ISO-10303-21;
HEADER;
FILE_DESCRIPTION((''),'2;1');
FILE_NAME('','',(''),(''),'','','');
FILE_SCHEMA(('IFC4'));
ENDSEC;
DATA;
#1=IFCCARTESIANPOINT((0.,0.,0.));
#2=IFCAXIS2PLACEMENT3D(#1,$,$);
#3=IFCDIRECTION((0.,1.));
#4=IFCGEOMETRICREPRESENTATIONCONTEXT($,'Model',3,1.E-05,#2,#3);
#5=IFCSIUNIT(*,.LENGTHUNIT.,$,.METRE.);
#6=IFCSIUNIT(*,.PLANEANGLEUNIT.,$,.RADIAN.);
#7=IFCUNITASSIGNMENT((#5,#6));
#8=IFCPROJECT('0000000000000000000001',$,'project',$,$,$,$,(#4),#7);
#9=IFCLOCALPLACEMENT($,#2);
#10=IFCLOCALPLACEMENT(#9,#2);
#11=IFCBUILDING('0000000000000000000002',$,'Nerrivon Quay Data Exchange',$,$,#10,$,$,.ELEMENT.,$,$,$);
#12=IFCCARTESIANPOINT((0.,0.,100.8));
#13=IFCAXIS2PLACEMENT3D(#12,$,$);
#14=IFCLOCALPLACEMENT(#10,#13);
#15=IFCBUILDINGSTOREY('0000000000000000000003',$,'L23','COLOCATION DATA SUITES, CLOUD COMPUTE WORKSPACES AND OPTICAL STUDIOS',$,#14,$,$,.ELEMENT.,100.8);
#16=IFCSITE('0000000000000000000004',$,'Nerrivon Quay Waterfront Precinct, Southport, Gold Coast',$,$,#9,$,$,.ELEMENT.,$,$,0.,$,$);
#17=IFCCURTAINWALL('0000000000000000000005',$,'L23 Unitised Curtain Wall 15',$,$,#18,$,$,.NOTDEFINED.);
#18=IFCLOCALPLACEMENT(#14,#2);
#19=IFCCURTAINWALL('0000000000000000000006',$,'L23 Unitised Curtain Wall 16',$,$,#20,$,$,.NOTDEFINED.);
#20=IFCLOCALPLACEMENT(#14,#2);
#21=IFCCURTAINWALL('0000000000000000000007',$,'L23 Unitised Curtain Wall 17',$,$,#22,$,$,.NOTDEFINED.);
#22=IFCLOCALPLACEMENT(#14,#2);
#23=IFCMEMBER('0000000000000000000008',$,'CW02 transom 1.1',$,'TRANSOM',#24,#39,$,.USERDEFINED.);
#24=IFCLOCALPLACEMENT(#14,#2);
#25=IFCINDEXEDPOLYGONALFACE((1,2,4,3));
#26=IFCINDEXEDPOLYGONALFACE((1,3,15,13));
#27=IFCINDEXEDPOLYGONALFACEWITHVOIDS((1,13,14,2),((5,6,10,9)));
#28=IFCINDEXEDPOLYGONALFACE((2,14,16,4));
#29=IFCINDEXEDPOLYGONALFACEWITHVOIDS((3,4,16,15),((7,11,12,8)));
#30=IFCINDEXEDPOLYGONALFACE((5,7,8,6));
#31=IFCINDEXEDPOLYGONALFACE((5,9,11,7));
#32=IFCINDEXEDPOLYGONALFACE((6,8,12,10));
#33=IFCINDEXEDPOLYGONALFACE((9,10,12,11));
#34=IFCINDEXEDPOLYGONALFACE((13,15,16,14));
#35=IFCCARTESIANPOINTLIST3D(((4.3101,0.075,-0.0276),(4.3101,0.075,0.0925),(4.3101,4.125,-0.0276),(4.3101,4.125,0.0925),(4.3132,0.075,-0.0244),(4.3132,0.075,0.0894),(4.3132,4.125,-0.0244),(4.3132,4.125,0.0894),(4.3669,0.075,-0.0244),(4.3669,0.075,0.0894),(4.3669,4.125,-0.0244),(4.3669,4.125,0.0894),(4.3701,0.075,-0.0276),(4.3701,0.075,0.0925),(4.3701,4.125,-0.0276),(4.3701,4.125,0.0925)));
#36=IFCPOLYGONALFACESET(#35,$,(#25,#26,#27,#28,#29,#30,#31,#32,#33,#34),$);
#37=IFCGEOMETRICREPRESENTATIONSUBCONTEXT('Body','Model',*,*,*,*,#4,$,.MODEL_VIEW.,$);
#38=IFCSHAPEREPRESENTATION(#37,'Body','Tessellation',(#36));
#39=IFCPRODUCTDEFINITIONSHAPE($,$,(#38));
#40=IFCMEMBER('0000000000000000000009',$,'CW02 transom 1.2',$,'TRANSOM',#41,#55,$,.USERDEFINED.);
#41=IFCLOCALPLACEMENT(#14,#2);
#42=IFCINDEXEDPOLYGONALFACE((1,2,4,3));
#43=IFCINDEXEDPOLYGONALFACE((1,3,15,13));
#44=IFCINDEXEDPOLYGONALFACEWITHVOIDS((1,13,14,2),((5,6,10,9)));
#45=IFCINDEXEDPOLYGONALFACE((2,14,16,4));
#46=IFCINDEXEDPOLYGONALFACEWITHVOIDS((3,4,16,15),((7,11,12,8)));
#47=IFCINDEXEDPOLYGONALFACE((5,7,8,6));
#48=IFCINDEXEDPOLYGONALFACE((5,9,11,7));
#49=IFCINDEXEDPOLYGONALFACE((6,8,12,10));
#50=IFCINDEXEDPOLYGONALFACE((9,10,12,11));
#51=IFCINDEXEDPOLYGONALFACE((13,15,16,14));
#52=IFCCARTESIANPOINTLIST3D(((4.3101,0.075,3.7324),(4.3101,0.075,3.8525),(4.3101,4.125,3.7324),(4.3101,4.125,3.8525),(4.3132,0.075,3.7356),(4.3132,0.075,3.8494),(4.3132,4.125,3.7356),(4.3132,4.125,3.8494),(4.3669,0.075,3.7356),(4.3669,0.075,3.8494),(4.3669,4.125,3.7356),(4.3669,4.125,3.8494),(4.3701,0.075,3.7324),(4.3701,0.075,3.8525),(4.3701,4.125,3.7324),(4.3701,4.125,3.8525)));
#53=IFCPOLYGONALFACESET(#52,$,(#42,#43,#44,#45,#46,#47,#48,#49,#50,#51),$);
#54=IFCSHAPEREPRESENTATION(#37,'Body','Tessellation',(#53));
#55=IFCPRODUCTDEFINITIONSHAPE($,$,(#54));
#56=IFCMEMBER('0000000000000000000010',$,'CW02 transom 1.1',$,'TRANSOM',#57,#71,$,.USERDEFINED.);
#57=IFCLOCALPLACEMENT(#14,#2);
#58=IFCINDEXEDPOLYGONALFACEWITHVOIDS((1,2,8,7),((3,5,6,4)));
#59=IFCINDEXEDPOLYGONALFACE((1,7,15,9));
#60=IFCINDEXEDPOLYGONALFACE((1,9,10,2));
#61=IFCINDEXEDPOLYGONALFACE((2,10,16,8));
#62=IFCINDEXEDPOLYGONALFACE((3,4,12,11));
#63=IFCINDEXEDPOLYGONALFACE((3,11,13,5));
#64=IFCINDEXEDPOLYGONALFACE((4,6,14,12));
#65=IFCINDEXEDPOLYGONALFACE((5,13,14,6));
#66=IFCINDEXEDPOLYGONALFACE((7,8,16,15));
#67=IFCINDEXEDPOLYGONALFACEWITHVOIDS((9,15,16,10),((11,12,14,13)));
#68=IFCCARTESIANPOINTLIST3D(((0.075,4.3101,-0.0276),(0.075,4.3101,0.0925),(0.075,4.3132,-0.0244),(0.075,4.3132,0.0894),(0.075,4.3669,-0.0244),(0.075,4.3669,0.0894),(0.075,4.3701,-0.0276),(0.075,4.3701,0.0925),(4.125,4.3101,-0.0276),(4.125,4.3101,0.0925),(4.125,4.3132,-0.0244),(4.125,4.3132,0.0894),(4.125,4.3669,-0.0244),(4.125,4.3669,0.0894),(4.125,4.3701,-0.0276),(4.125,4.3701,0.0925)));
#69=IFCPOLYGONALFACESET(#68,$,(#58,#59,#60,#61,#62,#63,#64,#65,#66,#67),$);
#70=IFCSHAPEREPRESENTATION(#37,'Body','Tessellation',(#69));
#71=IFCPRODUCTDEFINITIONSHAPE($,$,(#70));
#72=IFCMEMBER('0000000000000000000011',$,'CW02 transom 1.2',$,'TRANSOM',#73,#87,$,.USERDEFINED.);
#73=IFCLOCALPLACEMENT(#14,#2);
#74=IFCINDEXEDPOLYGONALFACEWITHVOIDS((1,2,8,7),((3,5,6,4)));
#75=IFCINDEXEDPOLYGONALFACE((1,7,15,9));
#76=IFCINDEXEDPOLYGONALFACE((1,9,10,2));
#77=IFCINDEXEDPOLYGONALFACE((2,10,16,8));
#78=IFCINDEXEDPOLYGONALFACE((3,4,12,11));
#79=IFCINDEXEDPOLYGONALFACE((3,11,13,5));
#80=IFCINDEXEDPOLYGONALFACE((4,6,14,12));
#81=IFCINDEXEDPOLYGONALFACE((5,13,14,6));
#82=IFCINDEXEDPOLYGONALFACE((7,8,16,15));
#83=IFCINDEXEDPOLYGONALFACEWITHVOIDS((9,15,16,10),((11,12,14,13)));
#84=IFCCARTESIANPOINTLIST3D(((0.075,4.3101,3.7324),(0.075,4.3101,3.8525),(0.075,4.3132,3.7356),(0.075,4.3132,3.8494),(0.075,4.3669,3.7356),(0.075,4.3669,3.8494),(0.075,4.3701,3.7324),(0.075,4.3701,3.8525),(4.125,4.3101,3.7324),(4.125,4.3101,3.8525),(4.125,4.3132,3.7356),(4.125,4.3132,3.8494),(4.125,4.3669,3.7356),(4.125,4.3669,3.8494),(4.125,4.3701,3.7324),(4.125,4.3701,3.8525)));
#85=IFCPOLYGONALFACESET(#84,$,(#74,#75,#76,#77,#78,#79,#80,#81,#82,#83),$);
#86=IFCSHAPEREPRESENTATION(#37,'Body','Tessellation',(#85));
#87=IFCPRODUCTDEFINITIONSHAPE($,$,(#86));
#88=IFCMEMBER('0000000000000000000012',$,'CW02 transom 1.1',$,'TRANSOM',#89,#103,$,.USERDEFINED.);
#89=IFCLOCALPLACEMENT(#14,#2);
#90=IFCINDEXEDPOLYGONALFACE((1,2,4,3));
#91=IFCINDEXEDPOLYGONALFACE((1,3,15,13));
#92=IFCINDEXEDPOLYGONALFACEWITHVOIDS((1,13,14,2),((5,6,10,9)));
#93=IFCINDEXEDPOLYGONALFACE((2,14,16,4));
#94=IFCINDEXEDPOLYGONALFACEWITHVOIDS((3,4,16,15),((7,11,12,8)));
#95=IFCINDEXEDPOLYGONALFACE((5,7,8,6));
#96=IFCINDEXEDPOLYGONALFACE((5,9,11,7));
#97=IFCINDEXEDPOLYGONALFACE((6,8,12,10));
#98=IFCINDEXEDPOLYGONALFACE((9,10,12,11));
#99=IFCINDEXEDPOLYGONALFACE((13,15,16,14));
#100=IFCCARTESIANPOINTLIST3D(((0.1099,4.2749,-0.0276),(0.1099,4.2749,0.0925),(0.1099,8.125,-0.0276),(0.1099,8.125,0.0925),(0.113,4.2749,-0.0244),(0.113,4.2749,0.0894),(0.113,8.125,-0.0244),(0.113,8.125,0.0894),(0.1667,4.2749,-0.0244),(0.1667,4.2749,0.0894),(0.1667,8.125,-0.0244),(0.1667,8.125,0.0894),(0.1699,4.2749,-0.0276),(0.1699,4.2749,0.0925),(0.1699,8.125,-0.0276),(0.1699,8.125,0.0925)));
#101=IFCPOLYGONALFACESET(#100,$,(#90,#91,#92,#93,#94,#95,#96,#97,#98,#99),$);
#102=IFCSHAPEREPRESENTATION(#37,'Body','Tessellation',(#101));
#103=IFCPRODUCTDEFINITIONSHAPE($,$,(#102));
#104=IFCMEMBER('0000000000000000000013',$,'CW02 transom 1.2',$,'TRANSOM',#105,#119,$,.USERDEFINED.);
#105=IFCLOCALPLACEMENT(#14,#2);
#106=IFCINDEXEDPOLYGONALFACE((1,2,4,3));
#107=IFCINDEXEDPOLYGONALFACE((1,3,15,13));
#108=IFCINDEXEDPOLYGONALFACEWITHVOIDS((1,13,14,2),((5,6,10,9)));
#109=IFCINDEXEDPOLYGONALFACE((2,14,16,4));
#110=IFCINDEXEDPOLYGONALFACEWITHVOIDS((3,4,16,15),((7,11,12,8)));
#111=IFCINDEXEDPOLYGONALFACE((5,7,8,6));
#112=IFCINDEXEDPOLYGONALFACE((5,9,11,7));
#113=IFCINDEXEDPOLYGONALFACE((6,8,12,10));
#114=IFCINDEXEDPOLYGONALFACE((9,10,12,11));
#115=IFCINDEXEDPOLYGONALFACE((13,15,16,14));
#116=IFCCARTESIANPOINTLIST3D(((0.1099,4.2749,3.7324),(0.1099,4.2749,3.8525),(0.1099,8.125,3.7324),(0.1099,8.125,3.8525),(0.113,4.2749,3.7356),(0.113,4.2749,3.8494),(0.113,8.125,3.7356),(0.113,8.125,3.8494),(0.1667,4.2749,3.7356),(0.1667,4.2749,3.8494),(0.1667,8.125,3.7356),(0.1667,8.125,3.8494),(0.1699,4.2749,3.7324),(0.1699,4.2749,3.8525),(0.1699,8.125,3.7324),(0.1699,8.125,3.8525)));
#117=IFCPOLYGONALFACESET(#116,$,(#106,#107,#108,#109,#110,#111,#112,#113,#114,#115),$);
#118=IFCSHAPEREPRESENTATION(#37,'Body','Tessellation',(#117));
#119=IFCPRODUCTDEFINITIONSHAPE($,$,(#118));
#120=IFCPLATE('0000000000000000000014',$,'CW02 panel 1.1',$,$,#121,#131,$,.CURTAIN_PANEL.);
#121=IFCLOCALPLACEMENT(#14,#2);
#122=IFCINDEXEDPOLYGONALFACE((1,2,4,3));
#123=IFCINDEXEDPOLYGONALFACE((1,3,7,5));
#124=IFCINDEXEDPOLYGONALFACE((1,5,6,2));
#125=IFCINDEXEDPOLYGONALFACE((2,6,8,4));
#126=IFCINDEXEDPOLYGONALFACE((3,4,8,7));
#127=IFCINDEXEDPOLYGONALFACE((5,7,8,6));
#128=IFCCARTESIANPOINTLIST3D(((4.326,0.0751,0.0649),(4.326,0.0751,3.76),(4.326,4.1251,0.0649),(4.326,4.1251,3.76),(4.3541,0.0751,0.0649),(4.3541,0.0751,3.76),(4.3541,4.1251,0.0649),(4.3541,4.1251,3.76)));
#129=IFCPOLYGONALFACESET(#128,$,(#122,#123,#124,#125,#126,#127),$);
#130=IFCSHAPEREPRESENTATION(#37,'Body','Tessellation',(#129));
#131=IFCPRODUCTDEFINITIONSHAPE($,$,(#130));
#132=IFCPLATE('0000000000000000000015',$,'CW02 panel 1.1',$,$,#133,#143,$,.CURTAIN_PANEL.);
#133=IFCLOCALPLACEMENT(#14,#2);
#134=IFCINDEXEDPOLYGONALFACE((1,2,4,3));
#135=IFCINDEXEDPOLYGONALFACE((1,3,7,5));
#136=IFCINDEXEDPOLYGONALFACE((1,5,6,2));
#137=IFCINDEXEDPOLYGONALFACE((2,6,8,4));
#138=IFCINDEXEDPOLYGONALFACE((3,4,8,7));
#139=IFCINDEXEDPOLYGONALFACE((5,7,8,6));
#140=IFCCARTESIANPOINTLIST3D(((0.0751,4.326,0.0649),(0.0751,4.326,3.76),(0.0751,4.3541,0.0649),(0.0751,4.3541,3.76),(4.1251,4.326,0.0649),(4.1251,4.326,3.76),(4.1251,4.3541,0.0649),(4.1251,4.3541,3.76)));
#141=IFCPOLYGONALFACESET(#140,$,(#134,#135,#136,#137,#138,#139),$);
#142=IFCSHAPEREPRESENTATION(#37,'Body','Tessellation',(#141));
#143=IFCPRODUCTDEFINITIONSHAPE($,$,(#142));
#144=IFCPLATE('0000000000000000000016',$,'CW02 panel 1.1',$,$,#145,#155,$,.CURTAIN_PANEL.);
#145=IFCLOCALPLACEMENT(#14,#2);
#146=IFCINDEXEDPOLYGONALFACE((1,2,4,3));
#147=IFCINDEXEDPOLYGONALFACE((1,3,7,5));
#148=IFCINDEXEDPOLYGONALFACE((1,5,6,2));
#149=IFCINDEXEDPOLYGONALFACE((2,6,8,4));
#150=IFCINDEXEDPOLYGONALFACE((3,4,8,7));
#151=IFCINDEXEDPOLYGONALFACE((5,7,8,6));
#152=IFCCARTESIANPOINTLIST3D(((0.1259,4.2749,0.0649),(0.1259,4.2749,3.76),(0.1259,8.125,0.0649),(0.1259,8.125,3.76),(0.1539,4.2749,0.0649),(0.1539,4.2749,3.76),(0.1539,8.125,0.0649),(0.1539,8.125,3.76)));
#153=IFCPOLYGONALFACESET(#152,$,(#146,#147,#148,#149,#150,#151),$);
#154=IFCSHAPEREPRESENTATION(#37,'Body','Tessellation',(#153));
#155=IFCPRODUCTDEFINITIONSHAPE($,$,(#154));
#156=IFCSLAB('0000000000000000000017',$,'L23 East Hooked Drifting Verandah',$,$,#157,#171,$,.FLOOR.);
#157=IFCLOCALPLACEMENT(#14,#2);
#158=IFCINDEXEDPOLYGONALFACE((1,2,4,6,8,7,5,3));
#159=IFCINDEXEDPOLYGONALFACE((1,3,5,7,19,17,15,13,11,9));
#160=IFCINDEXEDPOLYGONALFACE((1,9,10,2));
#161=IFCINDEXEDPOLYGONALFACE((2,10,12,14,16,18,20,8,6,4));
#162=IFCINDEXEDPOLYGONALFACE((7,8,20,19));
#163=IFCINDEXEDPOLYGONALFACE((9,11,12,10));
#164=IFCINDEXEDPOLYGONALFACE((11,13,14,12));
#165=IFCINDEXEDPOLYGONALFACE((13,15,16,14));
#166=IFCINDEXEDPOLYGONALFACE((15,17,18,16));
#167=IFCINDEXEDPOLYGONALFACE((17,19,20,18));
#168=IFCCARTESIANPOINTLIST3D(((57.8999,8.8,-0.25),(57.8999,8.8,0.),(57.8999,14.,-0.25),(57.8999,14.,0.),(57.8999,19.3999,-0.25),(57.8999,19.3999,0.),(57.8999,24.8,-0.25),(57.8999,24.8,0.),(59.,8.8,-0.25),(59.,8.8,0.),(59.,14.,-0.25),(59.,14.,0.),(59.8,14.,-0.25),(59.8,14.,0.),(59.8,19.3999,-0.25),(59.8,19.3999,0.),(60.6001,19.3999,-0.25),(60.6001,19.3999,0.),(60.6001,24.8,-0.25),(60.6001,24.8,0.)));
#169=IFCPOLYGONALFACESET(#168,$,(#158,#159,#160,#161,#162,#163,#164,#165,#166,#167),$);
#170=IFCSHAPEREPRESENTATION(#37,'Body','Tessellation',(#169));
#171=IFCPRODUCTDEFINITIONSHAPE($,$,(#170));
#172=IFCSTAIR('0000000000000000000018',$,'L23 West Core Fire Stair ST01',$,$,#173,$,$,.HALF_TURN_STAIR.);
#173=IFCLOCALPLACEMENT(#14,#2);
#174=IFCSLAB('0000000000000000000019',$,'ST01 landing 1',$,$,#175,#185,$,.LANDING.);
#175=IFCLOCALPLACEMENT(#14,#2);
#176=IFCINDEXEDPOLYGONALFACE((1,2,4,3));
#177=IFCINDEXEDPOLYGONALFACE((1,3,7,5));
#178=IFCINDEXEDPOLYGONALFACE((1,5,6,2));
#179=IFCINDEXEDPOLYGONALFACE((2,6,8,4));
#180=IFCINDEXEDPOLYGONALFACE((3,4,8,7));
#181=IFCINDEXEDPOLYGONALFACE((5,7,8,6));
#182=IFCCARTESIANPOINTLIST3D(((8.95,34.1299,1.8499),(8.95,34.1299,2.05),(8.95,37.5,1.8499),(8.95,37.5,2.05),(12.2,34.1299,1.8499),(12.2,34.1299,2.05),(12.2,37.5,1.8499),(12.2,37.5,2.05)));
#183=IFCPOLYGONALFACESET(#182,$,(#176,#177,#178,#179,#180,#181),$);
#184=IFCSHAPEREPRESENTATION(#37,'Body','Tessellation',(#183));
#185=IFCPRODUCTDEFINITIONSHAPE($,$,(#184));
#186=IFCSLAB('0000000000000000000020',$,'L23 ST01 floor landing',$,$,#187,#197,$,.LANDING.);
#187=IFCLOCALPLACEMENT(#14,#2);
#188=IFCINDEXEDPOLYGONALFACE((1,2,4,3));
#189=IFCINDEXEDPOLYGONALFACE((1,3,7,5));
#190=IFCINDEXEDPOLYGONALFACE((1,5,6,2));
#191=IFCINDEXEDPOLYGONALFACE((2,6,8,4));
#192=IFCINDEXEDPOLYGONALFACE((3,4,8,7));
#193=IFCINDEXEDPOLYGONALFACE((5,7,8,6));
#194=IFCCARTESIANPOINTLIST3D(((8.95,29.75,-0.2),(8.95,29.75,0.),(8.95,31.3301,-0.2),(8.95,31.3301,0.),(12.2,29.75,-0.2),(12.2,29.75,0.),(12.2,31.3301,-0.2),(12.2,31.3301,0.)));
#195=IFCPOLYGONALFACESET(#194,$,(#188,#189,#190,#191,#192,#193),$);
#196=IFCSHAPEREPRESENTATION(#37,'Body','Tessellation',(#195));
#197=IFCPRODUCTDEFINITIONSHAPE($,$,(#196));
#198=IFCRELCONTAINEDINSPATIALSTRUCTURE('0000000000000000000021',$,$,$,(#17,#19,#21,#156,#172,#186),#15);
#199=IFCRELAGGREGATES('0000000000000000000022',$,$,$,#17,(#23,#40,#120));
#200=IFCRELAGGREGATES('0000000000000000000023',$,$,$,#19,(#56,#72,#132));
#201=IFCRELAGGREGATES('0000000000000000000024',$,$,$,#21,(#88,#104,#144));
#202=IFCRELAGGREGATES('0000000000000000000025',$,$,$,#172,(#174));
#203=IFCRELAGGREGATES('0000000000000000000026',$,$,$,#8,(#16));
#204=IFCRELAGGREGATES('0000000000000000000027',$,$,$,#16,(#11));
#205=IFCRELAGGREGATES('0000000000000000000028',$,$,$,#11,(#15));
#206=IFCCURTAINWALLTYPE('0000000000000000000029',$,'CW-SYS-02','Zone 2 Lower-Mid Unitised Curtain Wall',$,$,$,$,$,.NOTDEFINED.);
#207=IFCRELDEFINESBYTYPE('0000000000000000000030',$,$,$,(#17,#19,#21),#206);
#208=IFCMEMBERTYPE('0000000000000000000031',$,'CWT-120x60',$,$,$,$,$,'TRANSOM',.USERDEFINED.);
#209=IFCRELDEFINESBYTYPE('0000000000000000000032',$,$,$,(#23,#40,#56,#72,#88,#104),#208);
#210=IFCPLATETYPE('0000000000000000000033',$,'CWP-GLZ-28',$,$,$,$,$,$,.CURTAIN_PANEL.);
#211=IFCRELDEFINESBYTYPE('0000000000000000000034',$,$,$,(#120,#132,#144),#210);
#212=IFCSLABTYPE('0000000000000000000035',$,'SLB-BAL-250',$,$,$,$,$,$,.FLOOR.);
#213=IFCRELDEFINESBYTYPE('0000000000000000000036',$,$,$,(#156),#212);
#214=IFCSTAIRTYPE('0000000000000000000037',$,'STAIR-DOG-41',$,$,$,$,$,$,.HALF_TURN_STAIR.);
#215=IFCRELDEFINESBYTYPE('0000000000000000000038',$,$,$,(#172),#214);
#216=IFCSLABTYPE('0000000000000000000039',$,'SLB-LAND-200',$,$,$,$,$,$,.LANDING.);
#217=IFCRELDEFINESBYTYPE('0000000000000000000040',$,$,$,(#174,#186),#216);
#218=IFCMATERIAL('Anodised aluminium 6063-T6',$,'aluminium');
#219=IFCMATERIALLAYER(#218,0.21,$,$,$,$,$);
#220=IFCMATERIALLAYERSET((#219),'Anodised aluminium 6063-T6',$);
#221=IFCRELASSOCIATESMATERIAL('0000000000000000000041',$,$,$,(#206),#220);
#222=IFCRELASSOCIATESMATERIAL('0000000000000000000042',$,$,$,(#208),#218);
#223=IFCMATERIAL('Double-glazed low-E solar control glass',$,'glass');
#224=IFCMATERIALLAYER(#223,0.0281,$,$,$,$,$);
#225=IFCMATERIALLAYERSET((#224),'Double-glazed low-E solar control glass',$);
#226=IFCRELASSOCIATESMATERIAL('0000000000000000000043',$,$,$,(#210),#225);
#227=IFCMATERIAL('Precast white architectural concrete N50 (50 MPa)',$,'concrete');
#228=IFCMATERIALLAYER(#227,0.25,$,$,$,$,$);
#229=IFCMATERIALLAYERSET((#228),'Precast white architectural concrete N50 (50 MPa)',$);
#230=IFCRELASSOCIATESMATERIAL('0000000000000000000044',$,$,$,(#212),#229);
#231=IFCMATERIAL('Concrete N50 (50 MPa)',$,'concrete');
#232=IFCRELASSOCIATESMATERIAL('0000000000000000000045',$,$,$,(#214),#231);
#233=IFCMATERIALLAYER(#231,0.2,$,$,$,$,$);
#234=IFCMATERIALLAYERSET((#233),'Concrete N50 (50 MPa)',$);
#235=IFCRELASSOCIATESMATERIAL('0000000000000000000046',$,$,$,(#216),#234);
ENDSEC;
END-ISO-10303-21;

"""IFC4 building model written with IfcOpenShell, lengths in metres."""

from ifc_helpers import new_model, si_unit, direction, frame, origin, origin_2d, place, context, subcontext, project, spatial, polyline, rectangle, hollow_rectangle, outline, extrude, material, layer, layer_set, material_profile, profile_set, type_object, element, aggregate, save


model = new_model("IFC4")

# Units and contexts
model_context = context("Model", 3, precision=1e-05, world=origin(), true_north=direction((0.0, 1.0)))
body_context = subcontext(model_context, "Body", "Model", "MODEL_VIEW")
ifc_project = project(units=[si_unit("LENGTHUNIT", "METRE"), si_unit("PLANEANGLEUNIT", "RADIAN")], contexts=[model_context])

# Site, building, storey
site_placement = place(None, origin())
site = spatial("IfcSite", under=ifc_project, at=site_placement, Name="Nerrivon Quay Waterfront Precinct, Southport, Gold Coast", CompositionType="ELEMENT", RefElevation=0.0)
building_placement = place(site_placement, origin())
building = spatial("IfcBuilding", under=site, at=building_placement, Name="Nerrivon Quay Data Exchange", CompositionType="ELEMENT")
storey_placement = place(building_placement, frame((0.0, 0.0, 100.8)))
storey = spatial("IfcBuildingStorey", under=building, at=storey_placement, Name="L23", Description="COLOCATION DATA SUITES, CLOUD COMPUTE WORKSPACES AND OPTICAL STUDIOS", CompositionType="ELEMENT", Elevation=100.8)

# Shared definitions
ifc_material_1 = material(Name="Anodised aluminium 6063-T6", Category="aluminium")
ifc_layer_1 = layer(ifc_material_1, 0.21)
ifc_layer_set_1 = layer_set([ifc_layer_1], Name="Anodised aluminium 6063-T6")
curtain_wall_type = type_object("IfcCurtainWallType", Name="CW-SYS-02", Description="Zone 2 Lower-Mid Unitised Curtain Wall", PredefinedType="NOTDEFINED", material=ifc_layer_set_1)

# Curtain walls
curtain_wall_1_placement = place(storey_placement, origin())
curtain_wall_1 = element("IfcCurtainWall", 1, at=curtain_wall_1_placement, inside=storey, type_object=curtain_wall_type, Name="L23 Unitised Curtain Wall 15", PredefinedType="NOTDEFINED")
curtain_wall_2_placement = place(storey_placement, origin())
curtain_wall_2 = element("IfcCurtainWall", 2, at=curtain_wall_2_placement, inside=storey, type_object=curtain_wall_type, Name="L23 Unitised Curtain Wall 16", PredefinedType="NOTDEFINED")
curtain_wall_3_placement = place(storey_placement, origin())
curtain_wall_3 = element("IfcCurtainWall", 3, at=curtain_wall_3_placement, inside=storey, type_object=curtain_wall_type, Name="L23 Unitised Curtain Wall 17", PredefinedType="NOTDEFINED")

# Members
ifc_material_profile_1 = material_profile(ifc_material_1, hollow_rectangle(XDim=0.0601, YDim=0.1201, WallThickness=0.0032, at=origin_2d()), Name="ALU-TRAN-120x60")
ifc_profile_set_1 = profile_set([ifc_material_profile_1], Name="Anodised aluminium 6063-T6")
member_type_1 = type_object("IfcMemberType", Name="CWT-120x60", ElementType="TRANSOM", PredefinedType="USERDEFINED", material=ifc_profile_set_1)
member_1_placement = place(storey_placement, frame((4.3401, 0.075, 0.0325), z_axis=(0.0, 1.0, 0.0), x_axis=(-1.0, 0.0, 0.0)))
member_1 = element("IfcMember", 4, at=member_1_placement, type_object=member_type_1, Name="CW02 transom 1.1", ObjectType="TRANSOM", PredefinedType="USERDEFINED", context=body_context, shape_type="SweptSolid", body=[
    extrude(hollow_rectangle(XDim=0.0601, YDim=0.1201, WallThickness=0.0032, at=origin_2d()), origin(), (0.0, 0.0, 1.0), 4.05),
])
member_2_placement = place(storey_placement, frame((4.3401, 0.075, 3.7925), z_axis=(0.0, 1.0, 0.0), x_axis=(-1.0, 0.0, 0.0)))
member_2 = element("IfcMember", 5, at=member_2_placement, type_object=member_type_1, Name="CW02 transom 1.2", ObjectType="TRANSOM", PredefinedType="USERDEFINED", context=body_context, shape_type="SweptSolid", body=[
    extrude(hollow_rectangle(XDim=0.0601, YDim=0.1201, WallThickness=0.0032, at=origin_2d()), origin(), (0.0, 0.0, 1.0), 4.05),
])
member_3_placement = place(storey_placement, frame((4.125, 4.3401, 0.0325), z_axis=(-1.0, 0.0, 0.0), x_axis=(0.0, -1.0, 0.0)))
member_3 = element("IfcMember", 6, at=member_3_placement, type_object=member_type_1, Name="CW02 transom 1.1", ObjectType="TRANSOM", PredefinedType="USERDEFINED", context=body_context, shape_type="SweptSolid", body=[
    extrude(hollow_rectangle(XDim=0.0601, YDim=0.1201, WallThickness=0.0032, at=origin_2d()), origin(), (0.0, 0.0, 1.0), 4.05),
])
member_4_placement = place(storey_placement, frame((4.125, 4.3401, 3.7925), z_axis=(-1.0, 0.0, 0.0), x_axis=(0.0, -1.0, 0.0)))
member_4 = element("IfcMember", 7, at=member_4_placement, type_object=member_type_1, Name="CW02 transom 1.2", ObjectType="TRANSOM", PredefinedType="USERDEFINED", context=body_context, shape_type="SweptSolid", body=[
    extrude(hollow_rectangle(XDim=0.0601, YDim=0.1201, WallThickness=0.0032, at=origin_2d()), origin(), (0.0, 0.0, 1.0), 4.05),
])
member_5_placement = place(storey_placement, frame((0.1399, 4.2749, 0.0325), z_axis=(0.0, 1.0, 0.0), x_axis=(-1.0, 0.0, 0.0)))
member_5 = element("IfcMember", 8, at=member_5_placement, type_object=member_type_1, Name="CW02 transom 1.1", ObjectType="TRANSOM", PredefinedType="USERDEFINED", context=body_context, shape_type="SweptSolid", body=[
    extrude(hollow_rectangle(XDim=0.0601, YDim=0.1201, WallThickness=0.0032, at=origin_2d()), origin(), (0.0, 0.0, 1.0), 3.8501),
])
member_6_placement = place(storey_placement, frame((0.1399, 4.2749, 3.7925), z_axis=(0.0, 1.0, 0.0), x_axis=(-1.0, 0.0, 0.0)))
member_6 = element("IfcMember", 9, at=member_6_placement, type_object=member_type_1, Name="CW02 transom 1.2", ObjectType="TRANSOM", PredefinedType="USERDEFINED", context=body_context, shape_type="SweptSolid", body=[
    extrude(hollow_rectangle(XDim=0.0601, YDim=0.1201, WallThickness=0.0032, at=origin_2d()), origin(), (0.0, 0.0, 1.0), 3.8501),
])

# Plates
ifc_material_2 = material(Name="Double-glazed low-E solar control glass", Category="glass")
ifc_layer_2 = layer(ifc_material_2, 0.0281)
ifc_layer_set_2 = layer_set([ifc_layer_2], Name="Double-glazed low-E solar control glass")
plate_type = type_object("IfcPlateType", Name="CWP-GLZ-28", PredefinedType="CURTAIN_PANEL", material=ifc_layer_set_2)
plate_1_placement = place(storey_placement, frame((4.3401, 2.1001, 0.0649), z_axis=(0.0, 0.0, 1.0), x_axis=(0.0, 1.0, 0.0)))
plate_1 = element("IfcPlate", 10, at=plate_1_placement, type_object=plate_type, Name="CW02 panel 1.1", PredefinedType="CURTAIN_PANEL", context=body_context, shape_type="SweptSolid", body=[
    extrude(rectangle(XDim=4.05, YDim=0.0281, at=origin_2d()), origin(), (0.0, 0.0, 1.0), 3.6951),
])
aggregate(curtain_wall_1, [member_1, member_2, plate_1])
plate_2_placement = place(storey_placement, frame((2.1001, 4.3401, 0.0649), z_axis=(0.0, 0.0, 1.0), x_axis=(-1.0, 0.0, 0.0)))
plate_2 = element("IfcPlate", 11, at=plate_2_placement, type_object=plate_type, Name="CW02 panel 1.1", PredefinedType="CURTAIN_PANEL", context=body_context, shape_type="SweptSolid", body=[
    extrude(rectangle(XDim=4.05, YDim=0.0281, at=origin_2d()), origin(), (0.0, 0.0, 1.0), 3.6951),
])
aggregate(curtain_wall_2, [member_3, member_4, plate_2])
plate_3_placement = place(storey_placement, frame((0.1399, 6.2, 0.0649), z_axis=(0.0, 0.0, 1.0), x_axis=(0.0, 1.0, 0.0)))
plate_3 = element("IfcPlate", 12, at=plate_3_placement, type_object=plate_type, Name="CW02 panel 1.1", PredefinedType="CURTAIN_PANEL", context=body_context, shape_type="SweptSolid", body=[
    extrude(rectangle(XDim=3.8501, YDim=0.0281, at=origin_2d()), origin(), (0.0, 0.0, 1.0), 3.6951),
])
aggregate(curtain_wall_3, [member_5, member_6, plate_3])

# Slab
ifc_material_3 = material(Name="Precast white architectural concrete N50 (50 MPa)", Category="concrete")
ifc_layer_3 = layer(ifc_material_3, 0.25)
ifc_layer_set_3 = layer_set([ifc_layer_3], Name="Precast white architectural concrete N50 (50 MPa)")
slab_type_1 = type_object("IfcSlabType", Name="SLB-BAL-250", PredefinedType="FLOOR", material=ifc_layer_set_3)
slab_1_placement = place(storey_placement, frame((0.0, 0.0, -0.25)))
element("IfcSlab", 13, at=slab_1_placement, inside=storey, type_object=slab_type_1, Name="L23 East Hooked Drifting Verandah", PredefinedType="FLOOR", context=body_context, shape_type="SweptSolid", body=[
    extrude(outline(polyline([(59.0, 14.0), (59.8, 14.0), (59.8, 19.3999), (60.6001, 19.3999), (60.6001, 24.8), (57.8999, 24.8), (57.8999, 19.3999), (57.8999, 14.0), (57.8999, 8.8), (59.0, 8.8), (59.0, 14.0)])), origin(), (0.0, 0.0, 1.0), 0.25),
])

# Stair, slab
ifc_material_4 = material(Name="Concrete N50 (50 MPa)", Category="concrete")
stair_type = type_object("IfcStairType", Name="STAIR-DOG-41", PredefinedType="HALF_TURN_STAIR", material=ifc_material_4)
stair_1_placement = place(storey_placement, origin())
stair_1 = element("IfcStair", 14, at=stair_1_placement, inside=storey, type_object=stair_type, Name="L23 West Core Fire Stair ST01", PredefinedType="HALF_TURN_STAIR")
ifc_layer_4 = layer(ifc_material_4, 0.2)
ifc_layer_set_4 = layer_set([ifc_layer_4], Name="Concrete N50 (50 MPa)")
slab_type_2 = type_object("IfcSlabType", Name="SLB-LAND-200", PredefinedType="LANDING", material=ifc_layer_set_4)
slab_2_placement = place(storey_placement, frame((0.0, 0.0, 1.8499)))
slab_2 = element("IfcSlab", 15, at=slab_2_placement, type_object=slab_type_2, Name="ST01 landing 1", PredefinedType="LANDING", context=body_context, shape_type="SweptSolid", body=[
    extrude(outline(polyline([(12.2, 34.1299), (12.2, 37.5), (8.95, 37.5), (8.95, 34.1299), (12.2, 34.1299)])), origin(), (0.0, 0.0, 1.0), 0.2002),
])
aggregate(stair_1, [slab_2])

# Slab
slab_3_placement = place(storey_placement, frame((0.0, 0.0, -0.2)))
element("IfcSlab", 16, at=slab_3_placement, inside=storey, type_object=slab_type_2, Name="L23 ST01 floor landing", PredefinedType="LANDING", context=body_context, shape_type="SweptSolid", body=[
    extrude(outline(polyline([(12.2, 29.75), (12.2, 31.3301), (8.95, 31.3301), (8.95, 29.75), (12.2, 29.75)])), origin(), (0.0, 0.0, 1.0), 0.2),
])

save(model, "model.ifc")
